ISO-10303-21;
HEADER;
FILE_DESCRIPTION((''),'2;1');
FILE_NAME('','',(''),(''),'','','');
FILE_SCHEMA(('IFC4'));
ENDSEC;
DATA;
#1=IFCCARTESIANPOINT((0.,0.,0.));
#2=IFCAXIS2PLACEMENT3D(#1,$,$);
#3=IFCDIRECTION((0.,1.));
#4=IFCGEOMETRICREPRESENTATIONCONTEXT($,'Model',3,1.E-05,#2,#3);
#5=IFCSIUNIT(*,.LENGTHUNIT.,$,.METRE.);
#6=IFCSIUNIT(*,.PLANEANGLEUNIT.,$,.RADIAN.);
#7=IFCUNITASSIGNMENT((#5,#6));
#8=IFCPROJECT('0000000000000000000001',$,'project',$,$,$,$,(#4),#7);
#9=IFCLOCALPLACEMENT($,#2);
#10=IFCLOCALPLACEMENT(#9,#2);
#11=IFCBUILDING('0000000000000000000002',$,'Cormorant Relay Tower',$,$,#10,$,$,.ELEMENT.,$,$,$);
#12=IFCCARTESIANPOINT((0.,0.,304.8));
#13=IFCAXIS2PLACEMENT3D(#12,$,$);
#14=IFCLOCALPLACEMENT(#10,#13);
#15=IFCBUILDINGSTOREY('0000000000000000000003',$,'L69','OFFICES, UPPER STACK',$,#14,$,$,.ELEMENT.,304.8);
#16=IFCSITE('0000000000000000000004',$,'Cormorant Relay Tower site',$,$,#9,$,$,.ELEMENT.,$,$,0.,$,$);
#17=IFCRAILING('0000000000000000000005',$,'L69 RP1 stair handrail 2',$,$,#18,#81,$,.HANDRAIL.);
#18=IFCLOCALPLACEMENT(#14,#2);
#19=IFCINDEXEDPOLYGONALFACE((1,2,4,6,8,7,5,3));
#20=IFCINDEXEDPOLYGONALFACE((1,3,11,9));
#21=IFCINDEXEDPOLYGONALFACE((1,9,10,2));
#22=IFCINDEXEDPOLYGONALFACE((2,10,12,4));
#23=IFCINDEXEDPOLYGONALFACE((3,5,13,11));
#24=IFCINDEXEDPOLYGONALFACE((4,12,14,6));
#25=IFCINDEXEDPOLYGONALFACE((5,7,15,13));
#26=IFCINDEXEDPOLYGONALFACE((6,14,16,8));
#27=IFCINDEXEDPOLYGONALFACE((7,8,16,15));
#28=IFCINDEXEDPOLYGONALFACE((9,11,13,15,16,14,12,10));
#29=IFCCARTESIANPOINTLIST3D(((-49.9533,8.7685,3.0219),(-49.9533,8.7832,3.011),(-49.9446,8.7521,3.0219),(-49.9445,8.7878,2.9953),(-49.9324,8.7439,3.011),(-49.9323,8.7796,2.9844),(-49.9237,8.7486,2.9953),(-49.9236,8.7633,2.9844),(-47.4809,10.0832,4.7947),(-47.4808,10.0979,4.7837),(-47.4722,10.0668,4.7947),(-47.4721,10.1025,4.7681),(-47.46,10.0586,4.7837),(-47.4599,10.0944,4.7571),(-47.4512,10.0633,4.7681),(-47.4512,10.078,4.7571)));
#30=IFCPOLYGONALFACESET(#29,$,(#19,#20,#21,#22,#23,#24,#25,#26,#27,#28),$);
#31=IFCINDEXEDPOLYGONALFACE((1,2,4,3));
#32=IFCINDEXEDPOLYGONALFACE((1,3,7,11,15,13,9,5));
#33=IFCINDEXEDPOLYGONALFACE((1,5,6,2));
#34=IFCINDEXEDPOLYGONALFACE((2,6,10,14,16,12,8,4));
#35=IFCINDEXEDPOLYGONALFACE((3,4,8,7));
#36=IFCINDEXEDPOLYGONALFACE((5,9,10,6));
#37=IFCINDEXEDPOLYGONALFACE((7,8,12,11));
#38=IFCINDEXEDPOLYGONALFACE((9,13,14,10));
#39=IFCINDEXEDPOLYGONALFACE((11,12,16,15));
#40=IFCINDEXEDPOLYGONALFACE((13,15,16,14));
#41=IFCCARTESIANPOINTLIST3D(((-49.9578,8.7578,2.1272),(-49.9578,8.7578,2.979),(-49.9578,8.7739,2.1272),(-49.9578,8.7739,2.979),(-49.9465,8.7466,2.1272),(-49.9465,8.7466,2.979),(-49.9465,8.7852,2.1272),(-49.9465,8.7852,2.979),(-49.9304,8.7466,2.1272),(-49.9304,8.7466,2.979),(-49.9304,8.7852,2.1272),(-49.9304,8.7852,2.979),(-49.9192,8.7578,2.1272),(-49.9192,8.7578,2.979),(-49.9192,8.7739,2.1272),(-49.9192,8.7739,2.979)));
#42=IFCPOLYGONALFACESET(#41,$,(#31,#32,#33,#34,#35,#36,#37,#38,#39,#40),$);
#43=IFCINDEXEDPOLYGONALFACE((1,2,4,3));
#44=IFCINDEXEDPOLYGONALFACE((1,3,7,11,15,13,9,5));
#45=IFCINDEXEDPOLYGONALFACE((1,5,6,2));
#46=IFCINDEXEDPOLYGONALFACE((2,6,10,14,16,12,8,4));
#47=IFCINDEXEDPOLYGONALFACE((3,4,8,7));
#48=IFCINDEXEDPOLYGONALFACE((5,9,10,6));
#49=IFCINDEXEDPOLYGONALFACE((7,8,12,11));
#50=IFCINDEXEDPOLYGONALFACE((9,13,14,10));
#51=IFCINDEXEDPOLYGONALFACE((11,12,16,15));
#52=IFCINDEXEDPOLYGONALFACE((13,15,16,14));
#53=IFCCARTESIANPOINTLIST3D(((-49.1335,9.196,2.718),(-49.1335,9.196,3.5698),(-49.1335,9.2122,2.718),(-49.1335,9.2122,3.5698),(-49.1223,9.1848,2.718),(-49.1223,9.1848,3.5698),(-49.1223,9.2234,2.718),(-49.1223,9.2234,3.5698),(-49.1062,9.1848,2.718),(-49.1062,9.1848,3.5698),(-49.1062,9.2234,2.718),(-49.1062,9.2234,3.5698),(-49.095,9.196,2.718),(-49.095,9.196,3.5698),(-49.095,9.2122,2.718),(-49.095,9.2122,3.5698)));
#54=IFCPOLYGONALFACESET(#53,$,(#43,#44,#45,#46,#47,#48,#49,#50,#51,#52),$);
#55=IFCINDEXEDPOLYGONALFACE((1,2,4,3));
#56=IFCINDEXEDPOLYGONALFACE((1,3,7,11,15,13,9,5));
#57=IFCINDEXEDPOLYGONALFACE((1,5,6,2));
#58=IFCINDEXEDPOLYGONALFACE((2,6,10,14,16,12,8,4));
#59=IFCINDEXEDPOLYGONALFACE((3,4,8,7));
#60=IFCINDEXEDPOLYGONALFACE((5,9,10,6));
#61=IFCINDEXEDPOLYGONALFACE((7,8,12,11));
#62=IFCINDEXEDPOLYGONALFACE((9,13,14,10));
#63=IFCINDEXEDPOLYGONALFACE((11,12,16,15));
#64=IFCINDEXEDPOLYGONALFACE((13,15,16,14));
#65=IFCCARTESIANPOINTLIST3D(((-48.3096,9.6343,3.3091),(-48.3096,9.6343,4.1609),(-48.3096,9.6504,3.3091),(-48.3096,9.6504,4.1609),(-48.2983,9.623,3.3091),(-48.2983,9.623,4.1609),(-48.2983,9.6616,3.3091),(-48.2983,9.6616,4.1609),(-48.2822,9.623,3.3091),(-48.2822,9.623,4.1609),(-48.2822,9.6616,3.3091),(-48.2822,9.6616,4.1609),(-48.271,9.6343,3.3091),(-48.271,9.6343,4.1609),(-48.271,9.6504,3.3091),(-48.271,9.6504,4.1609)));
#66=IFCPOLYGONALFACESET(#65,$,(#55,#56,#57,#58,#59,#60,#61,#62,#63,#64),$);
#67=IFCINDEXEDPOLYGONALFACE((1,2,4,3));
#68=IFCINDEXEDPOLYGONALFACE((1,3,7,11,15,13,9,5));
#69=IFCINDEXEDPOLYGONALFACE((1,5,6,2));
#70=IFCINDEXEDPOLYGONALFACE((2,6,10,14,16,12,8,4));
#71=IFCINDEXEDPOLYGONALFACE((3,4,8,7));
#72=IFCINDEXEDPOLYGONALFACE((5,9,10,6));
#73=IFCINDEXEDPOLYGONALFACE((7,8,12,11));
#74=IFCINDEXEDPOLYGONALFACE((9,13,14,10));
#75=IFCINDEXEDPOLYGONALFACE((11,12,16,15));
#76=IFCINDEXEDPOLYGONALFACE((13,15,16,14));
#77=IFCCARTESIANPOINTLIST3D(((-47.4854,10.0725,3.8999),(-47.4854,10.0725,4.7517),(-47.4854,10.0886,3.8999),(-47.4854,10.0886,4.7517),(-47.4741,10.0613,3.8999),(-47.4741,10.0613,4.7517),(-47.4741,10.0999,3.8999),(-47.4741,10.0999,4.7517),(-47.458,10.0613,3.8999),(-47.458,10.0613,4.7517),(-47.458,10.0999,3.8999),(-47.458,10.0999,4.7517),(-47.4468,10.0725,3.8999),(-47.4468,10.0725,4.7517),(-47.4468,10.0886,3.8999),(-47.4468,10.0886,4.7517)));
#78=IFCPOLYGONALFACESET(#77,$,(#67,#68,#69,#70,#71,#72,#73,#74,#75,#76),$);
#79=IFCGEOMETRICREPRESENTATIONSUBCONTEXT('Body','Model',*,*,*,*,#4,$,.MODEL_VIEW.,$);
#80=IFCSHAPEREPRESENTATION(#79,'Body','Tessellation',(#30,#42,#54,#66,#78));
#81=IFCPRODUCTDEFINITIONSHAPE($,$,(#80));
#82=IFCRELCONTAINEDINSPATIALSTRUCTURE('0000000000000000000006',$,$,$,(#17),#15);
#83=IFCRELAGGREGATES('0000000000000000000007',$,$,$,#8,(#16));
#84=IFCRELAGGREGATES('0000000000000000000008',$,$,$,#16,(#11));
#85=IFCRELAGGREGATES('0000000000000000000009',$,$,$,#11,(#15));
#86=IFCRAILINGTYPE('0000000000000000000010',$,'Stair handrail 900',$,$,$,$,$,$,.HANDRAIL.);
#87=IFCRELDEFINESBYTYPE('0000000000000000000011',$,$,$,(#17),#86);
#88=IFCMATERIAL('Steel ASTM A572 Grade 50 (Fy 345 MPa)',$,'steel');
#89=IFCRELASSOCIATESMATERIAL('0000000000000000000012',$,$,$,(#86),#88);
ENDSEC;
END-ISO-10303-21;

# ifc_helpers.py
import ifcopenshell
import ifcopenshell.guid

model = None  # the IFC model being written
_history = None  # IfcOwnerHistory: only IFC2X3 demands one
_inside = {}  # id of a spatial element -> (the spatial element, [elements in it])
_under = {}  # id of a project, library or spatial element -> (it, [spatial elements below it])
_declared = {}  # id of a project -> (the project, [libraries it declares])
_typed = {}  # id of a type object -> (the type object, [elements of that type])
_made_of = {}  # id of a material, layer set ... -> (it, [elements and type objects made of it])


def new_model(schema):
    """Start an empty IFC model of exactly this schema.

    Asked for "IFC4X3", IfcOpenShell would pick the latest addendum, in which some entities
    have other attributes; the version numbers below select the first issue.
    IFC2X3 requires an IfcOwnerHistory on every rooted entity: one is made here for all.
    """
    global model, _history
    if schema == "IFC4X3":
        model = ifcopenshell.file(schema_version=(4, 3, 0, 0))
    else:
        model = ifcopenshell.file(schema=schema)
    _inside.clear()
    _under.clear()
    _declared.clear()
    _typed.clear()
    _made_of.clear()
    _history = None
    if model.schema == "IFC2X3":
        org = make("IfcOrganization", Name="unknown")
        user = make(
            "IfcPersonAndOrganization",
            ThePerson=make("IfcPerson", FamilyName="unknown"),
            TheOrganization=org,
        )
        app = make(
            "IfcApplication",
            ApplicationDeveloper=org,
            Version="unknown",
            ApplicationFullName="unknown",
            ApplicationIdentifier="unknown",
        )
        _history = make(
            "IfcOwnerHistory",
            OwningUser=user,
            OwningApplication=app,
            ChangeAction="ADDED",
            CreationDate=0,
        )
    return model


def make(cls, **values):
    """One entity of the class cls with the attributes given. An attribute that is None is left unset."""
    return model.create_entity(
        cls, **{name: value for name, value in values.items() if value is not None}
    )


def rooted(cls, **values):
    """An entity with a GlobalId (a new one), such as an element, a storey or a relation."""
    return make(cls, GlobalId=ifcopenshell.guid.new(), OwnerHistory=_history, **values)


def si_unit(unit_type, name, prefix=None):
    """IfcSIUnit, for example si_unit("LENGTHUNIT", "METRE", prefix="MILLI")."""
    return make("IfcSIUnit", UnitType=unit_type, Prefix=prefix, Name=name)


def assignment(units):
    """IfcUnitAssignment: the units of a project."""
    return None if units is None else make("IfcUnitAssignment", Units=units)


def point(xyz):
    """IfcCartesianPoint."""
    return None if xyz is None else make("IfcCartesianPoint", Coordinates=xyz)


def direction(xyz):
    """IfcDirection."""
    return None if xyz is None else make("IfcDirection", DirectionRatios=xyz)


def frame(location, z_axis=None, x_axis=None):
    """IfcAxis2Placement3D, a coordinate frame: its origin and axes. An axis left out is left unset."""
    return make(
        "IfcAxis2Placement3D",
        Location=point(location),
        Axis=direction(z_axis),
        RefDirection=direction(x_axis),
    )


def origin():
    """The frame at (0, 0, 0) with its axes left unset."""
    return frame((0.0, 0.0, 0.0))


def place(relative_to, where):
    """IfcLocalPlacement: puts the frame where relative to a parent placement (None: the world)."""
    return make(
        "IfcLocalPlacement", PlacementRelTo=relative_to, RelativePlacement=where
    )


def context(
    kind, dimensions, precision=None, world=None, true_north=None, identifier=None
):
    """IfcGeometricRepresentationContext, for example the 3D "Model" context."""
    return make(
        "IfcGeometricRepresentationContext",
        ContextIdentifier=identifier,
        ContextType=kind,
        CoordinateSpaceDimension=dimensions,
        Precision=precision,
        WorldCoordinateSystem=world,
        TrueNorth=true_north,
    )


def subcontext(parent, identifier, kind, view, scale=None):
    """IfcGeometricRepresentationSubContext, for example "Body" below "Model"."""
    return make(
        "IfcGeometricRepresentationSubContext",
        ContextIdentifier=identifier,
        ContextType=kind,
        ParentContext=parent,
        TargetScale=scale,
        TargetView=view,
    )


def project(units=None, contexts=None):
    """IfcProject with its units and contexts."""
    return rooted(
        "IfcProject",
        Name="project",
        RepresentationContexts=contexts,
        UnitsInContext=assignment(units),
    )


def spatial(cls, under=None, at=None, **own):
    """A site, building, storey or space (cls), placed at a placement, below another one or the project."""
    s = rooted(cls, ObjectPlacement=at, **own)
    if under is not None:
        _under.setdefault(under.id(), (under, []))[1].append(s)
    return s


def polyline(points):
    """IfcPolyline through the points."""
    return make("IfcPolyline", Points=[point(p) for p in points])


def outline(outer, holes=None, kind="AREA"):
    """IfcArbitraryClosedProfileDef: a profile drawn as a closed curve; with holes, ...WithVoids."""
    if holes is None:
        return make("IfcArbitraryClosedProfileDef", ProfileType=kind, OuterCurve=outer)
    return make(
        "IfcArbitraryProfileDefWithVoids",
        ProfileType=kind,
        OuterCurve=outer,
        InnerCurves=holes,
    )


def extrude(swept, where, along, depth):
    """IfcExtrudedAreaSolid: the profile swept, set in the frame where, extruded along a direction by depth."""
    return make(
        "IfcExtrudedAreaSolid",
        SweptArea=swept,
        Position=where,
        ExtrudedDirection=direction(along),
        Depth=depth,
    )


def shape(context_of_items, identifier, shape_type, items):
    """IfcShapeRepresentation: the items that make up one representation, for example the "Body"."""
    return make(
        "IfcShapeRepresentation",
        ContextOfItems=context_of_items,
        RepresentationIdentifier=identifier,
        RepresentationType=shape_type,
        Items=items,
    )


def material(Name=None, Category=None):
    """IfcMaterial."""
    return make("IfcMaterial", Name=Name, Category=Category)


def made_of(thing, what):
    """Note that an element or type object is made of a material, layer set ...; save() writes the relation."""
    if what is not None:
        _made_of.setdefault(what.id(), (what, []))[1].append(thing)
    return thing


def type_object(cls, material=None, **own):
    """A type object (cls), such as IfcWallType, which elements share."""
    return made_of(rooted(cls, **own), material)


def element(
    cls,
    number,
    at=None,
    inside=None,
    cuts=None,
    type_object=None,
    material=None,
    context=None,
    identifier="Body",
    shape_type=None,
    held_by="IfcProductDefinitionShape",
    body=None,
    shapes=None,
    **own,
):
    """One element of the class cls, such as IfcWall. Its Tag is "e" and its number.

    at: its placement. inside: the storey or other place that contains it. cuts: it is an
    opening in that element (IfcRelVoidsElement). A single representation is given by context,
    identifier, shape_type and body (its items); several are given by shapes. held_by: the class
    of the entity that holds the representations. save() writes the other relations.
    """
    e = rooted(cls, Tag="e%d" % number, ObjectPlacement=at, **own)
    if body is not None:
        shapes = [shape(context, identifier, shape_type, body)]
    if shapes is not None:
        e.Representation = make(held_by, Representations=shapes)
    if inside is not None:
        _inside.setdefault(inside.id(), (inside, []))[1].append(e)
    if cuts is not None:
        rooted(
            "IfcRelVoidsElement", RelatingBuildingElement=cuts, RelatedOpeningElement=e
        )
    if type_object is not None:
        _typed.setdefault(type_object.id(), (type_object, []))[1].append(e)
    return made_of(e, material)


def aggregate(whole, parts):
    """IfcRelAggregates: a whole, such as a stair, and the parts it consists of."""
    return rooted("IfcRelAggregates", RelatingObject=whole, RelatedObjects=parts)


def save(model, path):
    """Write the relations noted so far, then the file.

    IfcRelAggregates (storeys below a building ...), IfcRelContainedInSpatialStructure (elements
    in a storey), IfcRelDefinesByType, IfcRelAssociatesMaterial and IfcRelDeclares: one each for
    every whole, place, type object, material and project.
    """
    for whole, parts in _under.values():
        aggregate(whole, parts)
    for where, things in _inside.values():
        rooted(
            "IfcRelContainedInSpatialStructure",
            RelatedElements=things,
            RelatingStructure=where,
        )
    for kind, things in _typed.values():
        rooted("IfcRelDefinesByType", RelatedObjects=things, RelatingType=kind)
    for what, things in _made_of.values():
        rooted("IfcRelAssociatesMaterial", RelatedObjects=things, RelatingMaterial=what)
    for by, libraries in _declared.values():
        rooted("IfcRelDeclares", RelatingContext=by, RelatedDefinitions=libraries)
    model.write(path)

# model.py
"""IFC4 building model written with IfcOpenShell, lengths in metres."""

from ifc_helpers import new_model, si_unit, direction, frame, origin, place, context, subcontext, project, spatial, polyline, outline, extrude, material, type_object, element, save


model = new_model("IFC4")

# Units and contexts
model_context = context("Model", 3, precision=1e-05, world=origin(), true_north=direction((0.0, 1.0)))
body_context = subcontext(model_context, "Body", "Model", "MODEL_VIEW")
ifc_project = project(units=[si_unit("LENGTHUNIT", "METRE"), si_unit("PLANEANGLEUNIT", "RADIAN")], contexts=[model_context])

# Site, building, storey
site_placement = place(None, origin())
site = spatial("IfcSite", under=ifc_project, at=site_placement, Name="Cormorant Relay Tower site", CompositionType="ELEMENT", RefElevation=0.0)
building_placement = place(site_placement, origin())
building = spatial("IfcBuilding", under=site, at=building_placement, Name="Cormorant Relay Tower", CompositionType="ELEMENT")
storey_placement = place(building_placement, frame((0.0, 0.0, 304.8)))
storey = spatial("IfcBuildingStorey", under=building, at=storey_placement, Name="L69", Description="OFFICES, UPPER STACK", CompositionType="ELEMENT", Elevation=304.8)

# Railing
ifc_material_1 = material(Name="Steel ASTM A572 Grade 50 (Fy 345 MPa)", Category="steel")
railing_type_1 = type_object("IfcRailingType", Name="Stair handrail 900", PredefinedType="HANDRAIL", material=ifc_material_1)
railing_1_placement = place(storey_placement, frame((-49.9385, 8.7659, 2.1272)))
element("IfcRailing", 1, at=railing_1_placement, inside=storey, type_object=railing_type_1, Name="L69 RP1 stair handrail 2", PredefinedType="HANDRAIL", context=body_context, shape_type="SweptSolid", body=[
    extrude(outline(polyline([(0.0222, 0.0093), (0.0093, 0.0222), (-0.0093, 0.0222), (-0.0222, 0.0093), (-0.0222, -0.0093), (-0.0093, -0.0222), (0.0093, -0.0222), (0.0222, -0.0093), (0.0222, 0.0093)])), frame((0.0, 0.0, 0.876), z_axis=(0.746012, 0.39669, 0.534886), x_axis=(-0.469497, 0.882934, 0.0)), (0.0, 0.0, 1.0), 3.3142),
    extrude(outline(polyline([(0.0193, 0.0081), (0.0081, 0.0193), (-0.0081, 0.0193), (-0.0193, 0.0081), (-0.0193, -0.0081), (-0.0081, -0.0193), (0.0081, -0.0193), (0.0193, -0.0081), (0.0193, 0.0081)])), origin(), (0.0, 0.0, 1.0), 0.8518),
    extrude(outline(polyline([(0.0193, 0.0081), (0.0081, 0.0193), (-0.0081, 0.0193), (-0.0193, 0.0081), (-0.0193, -0.0081), (-0.0081, -0.0193), (0.0081, -0.0193), (0.0193, -0.0081), (0.0193, 0.0081)])), frame((0.8242, 0.4382, 0.5908)), (0.0, 0.0, 1.0), 0.8518),
    extrude(outline(polyline([(0.0193, 0.0081), (0.0081, 0.0193), (-0.0081, 0.0193), (-0.0193, 0.0081), (-0.0193, -0.0081), (-0.0081, -0.0193), (0.0081, -0.0193), (0.0193, -0.0081), (0.0193, 0.0081)])), frame((1.6482, 0.8765, 1.1819)), (0.0, 0.0, 1.0), 0.8518),
    extrude(outline(polyline([(0.0193, 0.0081), (0.0081, 0.0193), (-0.0081, 0.0193), (-0.0193, 0.0081), (-0.0193, -0.0081), (-0.0081, -0.0193), (0.0081, -0.0193), (0.0193, -0.0081), (0.0193, 0.0081)])), frame((2.4724, 1.3147, 1.7727)), (0.0, 0.0, 1.0), 0.8518),
])

save(model, "model.ifc")
